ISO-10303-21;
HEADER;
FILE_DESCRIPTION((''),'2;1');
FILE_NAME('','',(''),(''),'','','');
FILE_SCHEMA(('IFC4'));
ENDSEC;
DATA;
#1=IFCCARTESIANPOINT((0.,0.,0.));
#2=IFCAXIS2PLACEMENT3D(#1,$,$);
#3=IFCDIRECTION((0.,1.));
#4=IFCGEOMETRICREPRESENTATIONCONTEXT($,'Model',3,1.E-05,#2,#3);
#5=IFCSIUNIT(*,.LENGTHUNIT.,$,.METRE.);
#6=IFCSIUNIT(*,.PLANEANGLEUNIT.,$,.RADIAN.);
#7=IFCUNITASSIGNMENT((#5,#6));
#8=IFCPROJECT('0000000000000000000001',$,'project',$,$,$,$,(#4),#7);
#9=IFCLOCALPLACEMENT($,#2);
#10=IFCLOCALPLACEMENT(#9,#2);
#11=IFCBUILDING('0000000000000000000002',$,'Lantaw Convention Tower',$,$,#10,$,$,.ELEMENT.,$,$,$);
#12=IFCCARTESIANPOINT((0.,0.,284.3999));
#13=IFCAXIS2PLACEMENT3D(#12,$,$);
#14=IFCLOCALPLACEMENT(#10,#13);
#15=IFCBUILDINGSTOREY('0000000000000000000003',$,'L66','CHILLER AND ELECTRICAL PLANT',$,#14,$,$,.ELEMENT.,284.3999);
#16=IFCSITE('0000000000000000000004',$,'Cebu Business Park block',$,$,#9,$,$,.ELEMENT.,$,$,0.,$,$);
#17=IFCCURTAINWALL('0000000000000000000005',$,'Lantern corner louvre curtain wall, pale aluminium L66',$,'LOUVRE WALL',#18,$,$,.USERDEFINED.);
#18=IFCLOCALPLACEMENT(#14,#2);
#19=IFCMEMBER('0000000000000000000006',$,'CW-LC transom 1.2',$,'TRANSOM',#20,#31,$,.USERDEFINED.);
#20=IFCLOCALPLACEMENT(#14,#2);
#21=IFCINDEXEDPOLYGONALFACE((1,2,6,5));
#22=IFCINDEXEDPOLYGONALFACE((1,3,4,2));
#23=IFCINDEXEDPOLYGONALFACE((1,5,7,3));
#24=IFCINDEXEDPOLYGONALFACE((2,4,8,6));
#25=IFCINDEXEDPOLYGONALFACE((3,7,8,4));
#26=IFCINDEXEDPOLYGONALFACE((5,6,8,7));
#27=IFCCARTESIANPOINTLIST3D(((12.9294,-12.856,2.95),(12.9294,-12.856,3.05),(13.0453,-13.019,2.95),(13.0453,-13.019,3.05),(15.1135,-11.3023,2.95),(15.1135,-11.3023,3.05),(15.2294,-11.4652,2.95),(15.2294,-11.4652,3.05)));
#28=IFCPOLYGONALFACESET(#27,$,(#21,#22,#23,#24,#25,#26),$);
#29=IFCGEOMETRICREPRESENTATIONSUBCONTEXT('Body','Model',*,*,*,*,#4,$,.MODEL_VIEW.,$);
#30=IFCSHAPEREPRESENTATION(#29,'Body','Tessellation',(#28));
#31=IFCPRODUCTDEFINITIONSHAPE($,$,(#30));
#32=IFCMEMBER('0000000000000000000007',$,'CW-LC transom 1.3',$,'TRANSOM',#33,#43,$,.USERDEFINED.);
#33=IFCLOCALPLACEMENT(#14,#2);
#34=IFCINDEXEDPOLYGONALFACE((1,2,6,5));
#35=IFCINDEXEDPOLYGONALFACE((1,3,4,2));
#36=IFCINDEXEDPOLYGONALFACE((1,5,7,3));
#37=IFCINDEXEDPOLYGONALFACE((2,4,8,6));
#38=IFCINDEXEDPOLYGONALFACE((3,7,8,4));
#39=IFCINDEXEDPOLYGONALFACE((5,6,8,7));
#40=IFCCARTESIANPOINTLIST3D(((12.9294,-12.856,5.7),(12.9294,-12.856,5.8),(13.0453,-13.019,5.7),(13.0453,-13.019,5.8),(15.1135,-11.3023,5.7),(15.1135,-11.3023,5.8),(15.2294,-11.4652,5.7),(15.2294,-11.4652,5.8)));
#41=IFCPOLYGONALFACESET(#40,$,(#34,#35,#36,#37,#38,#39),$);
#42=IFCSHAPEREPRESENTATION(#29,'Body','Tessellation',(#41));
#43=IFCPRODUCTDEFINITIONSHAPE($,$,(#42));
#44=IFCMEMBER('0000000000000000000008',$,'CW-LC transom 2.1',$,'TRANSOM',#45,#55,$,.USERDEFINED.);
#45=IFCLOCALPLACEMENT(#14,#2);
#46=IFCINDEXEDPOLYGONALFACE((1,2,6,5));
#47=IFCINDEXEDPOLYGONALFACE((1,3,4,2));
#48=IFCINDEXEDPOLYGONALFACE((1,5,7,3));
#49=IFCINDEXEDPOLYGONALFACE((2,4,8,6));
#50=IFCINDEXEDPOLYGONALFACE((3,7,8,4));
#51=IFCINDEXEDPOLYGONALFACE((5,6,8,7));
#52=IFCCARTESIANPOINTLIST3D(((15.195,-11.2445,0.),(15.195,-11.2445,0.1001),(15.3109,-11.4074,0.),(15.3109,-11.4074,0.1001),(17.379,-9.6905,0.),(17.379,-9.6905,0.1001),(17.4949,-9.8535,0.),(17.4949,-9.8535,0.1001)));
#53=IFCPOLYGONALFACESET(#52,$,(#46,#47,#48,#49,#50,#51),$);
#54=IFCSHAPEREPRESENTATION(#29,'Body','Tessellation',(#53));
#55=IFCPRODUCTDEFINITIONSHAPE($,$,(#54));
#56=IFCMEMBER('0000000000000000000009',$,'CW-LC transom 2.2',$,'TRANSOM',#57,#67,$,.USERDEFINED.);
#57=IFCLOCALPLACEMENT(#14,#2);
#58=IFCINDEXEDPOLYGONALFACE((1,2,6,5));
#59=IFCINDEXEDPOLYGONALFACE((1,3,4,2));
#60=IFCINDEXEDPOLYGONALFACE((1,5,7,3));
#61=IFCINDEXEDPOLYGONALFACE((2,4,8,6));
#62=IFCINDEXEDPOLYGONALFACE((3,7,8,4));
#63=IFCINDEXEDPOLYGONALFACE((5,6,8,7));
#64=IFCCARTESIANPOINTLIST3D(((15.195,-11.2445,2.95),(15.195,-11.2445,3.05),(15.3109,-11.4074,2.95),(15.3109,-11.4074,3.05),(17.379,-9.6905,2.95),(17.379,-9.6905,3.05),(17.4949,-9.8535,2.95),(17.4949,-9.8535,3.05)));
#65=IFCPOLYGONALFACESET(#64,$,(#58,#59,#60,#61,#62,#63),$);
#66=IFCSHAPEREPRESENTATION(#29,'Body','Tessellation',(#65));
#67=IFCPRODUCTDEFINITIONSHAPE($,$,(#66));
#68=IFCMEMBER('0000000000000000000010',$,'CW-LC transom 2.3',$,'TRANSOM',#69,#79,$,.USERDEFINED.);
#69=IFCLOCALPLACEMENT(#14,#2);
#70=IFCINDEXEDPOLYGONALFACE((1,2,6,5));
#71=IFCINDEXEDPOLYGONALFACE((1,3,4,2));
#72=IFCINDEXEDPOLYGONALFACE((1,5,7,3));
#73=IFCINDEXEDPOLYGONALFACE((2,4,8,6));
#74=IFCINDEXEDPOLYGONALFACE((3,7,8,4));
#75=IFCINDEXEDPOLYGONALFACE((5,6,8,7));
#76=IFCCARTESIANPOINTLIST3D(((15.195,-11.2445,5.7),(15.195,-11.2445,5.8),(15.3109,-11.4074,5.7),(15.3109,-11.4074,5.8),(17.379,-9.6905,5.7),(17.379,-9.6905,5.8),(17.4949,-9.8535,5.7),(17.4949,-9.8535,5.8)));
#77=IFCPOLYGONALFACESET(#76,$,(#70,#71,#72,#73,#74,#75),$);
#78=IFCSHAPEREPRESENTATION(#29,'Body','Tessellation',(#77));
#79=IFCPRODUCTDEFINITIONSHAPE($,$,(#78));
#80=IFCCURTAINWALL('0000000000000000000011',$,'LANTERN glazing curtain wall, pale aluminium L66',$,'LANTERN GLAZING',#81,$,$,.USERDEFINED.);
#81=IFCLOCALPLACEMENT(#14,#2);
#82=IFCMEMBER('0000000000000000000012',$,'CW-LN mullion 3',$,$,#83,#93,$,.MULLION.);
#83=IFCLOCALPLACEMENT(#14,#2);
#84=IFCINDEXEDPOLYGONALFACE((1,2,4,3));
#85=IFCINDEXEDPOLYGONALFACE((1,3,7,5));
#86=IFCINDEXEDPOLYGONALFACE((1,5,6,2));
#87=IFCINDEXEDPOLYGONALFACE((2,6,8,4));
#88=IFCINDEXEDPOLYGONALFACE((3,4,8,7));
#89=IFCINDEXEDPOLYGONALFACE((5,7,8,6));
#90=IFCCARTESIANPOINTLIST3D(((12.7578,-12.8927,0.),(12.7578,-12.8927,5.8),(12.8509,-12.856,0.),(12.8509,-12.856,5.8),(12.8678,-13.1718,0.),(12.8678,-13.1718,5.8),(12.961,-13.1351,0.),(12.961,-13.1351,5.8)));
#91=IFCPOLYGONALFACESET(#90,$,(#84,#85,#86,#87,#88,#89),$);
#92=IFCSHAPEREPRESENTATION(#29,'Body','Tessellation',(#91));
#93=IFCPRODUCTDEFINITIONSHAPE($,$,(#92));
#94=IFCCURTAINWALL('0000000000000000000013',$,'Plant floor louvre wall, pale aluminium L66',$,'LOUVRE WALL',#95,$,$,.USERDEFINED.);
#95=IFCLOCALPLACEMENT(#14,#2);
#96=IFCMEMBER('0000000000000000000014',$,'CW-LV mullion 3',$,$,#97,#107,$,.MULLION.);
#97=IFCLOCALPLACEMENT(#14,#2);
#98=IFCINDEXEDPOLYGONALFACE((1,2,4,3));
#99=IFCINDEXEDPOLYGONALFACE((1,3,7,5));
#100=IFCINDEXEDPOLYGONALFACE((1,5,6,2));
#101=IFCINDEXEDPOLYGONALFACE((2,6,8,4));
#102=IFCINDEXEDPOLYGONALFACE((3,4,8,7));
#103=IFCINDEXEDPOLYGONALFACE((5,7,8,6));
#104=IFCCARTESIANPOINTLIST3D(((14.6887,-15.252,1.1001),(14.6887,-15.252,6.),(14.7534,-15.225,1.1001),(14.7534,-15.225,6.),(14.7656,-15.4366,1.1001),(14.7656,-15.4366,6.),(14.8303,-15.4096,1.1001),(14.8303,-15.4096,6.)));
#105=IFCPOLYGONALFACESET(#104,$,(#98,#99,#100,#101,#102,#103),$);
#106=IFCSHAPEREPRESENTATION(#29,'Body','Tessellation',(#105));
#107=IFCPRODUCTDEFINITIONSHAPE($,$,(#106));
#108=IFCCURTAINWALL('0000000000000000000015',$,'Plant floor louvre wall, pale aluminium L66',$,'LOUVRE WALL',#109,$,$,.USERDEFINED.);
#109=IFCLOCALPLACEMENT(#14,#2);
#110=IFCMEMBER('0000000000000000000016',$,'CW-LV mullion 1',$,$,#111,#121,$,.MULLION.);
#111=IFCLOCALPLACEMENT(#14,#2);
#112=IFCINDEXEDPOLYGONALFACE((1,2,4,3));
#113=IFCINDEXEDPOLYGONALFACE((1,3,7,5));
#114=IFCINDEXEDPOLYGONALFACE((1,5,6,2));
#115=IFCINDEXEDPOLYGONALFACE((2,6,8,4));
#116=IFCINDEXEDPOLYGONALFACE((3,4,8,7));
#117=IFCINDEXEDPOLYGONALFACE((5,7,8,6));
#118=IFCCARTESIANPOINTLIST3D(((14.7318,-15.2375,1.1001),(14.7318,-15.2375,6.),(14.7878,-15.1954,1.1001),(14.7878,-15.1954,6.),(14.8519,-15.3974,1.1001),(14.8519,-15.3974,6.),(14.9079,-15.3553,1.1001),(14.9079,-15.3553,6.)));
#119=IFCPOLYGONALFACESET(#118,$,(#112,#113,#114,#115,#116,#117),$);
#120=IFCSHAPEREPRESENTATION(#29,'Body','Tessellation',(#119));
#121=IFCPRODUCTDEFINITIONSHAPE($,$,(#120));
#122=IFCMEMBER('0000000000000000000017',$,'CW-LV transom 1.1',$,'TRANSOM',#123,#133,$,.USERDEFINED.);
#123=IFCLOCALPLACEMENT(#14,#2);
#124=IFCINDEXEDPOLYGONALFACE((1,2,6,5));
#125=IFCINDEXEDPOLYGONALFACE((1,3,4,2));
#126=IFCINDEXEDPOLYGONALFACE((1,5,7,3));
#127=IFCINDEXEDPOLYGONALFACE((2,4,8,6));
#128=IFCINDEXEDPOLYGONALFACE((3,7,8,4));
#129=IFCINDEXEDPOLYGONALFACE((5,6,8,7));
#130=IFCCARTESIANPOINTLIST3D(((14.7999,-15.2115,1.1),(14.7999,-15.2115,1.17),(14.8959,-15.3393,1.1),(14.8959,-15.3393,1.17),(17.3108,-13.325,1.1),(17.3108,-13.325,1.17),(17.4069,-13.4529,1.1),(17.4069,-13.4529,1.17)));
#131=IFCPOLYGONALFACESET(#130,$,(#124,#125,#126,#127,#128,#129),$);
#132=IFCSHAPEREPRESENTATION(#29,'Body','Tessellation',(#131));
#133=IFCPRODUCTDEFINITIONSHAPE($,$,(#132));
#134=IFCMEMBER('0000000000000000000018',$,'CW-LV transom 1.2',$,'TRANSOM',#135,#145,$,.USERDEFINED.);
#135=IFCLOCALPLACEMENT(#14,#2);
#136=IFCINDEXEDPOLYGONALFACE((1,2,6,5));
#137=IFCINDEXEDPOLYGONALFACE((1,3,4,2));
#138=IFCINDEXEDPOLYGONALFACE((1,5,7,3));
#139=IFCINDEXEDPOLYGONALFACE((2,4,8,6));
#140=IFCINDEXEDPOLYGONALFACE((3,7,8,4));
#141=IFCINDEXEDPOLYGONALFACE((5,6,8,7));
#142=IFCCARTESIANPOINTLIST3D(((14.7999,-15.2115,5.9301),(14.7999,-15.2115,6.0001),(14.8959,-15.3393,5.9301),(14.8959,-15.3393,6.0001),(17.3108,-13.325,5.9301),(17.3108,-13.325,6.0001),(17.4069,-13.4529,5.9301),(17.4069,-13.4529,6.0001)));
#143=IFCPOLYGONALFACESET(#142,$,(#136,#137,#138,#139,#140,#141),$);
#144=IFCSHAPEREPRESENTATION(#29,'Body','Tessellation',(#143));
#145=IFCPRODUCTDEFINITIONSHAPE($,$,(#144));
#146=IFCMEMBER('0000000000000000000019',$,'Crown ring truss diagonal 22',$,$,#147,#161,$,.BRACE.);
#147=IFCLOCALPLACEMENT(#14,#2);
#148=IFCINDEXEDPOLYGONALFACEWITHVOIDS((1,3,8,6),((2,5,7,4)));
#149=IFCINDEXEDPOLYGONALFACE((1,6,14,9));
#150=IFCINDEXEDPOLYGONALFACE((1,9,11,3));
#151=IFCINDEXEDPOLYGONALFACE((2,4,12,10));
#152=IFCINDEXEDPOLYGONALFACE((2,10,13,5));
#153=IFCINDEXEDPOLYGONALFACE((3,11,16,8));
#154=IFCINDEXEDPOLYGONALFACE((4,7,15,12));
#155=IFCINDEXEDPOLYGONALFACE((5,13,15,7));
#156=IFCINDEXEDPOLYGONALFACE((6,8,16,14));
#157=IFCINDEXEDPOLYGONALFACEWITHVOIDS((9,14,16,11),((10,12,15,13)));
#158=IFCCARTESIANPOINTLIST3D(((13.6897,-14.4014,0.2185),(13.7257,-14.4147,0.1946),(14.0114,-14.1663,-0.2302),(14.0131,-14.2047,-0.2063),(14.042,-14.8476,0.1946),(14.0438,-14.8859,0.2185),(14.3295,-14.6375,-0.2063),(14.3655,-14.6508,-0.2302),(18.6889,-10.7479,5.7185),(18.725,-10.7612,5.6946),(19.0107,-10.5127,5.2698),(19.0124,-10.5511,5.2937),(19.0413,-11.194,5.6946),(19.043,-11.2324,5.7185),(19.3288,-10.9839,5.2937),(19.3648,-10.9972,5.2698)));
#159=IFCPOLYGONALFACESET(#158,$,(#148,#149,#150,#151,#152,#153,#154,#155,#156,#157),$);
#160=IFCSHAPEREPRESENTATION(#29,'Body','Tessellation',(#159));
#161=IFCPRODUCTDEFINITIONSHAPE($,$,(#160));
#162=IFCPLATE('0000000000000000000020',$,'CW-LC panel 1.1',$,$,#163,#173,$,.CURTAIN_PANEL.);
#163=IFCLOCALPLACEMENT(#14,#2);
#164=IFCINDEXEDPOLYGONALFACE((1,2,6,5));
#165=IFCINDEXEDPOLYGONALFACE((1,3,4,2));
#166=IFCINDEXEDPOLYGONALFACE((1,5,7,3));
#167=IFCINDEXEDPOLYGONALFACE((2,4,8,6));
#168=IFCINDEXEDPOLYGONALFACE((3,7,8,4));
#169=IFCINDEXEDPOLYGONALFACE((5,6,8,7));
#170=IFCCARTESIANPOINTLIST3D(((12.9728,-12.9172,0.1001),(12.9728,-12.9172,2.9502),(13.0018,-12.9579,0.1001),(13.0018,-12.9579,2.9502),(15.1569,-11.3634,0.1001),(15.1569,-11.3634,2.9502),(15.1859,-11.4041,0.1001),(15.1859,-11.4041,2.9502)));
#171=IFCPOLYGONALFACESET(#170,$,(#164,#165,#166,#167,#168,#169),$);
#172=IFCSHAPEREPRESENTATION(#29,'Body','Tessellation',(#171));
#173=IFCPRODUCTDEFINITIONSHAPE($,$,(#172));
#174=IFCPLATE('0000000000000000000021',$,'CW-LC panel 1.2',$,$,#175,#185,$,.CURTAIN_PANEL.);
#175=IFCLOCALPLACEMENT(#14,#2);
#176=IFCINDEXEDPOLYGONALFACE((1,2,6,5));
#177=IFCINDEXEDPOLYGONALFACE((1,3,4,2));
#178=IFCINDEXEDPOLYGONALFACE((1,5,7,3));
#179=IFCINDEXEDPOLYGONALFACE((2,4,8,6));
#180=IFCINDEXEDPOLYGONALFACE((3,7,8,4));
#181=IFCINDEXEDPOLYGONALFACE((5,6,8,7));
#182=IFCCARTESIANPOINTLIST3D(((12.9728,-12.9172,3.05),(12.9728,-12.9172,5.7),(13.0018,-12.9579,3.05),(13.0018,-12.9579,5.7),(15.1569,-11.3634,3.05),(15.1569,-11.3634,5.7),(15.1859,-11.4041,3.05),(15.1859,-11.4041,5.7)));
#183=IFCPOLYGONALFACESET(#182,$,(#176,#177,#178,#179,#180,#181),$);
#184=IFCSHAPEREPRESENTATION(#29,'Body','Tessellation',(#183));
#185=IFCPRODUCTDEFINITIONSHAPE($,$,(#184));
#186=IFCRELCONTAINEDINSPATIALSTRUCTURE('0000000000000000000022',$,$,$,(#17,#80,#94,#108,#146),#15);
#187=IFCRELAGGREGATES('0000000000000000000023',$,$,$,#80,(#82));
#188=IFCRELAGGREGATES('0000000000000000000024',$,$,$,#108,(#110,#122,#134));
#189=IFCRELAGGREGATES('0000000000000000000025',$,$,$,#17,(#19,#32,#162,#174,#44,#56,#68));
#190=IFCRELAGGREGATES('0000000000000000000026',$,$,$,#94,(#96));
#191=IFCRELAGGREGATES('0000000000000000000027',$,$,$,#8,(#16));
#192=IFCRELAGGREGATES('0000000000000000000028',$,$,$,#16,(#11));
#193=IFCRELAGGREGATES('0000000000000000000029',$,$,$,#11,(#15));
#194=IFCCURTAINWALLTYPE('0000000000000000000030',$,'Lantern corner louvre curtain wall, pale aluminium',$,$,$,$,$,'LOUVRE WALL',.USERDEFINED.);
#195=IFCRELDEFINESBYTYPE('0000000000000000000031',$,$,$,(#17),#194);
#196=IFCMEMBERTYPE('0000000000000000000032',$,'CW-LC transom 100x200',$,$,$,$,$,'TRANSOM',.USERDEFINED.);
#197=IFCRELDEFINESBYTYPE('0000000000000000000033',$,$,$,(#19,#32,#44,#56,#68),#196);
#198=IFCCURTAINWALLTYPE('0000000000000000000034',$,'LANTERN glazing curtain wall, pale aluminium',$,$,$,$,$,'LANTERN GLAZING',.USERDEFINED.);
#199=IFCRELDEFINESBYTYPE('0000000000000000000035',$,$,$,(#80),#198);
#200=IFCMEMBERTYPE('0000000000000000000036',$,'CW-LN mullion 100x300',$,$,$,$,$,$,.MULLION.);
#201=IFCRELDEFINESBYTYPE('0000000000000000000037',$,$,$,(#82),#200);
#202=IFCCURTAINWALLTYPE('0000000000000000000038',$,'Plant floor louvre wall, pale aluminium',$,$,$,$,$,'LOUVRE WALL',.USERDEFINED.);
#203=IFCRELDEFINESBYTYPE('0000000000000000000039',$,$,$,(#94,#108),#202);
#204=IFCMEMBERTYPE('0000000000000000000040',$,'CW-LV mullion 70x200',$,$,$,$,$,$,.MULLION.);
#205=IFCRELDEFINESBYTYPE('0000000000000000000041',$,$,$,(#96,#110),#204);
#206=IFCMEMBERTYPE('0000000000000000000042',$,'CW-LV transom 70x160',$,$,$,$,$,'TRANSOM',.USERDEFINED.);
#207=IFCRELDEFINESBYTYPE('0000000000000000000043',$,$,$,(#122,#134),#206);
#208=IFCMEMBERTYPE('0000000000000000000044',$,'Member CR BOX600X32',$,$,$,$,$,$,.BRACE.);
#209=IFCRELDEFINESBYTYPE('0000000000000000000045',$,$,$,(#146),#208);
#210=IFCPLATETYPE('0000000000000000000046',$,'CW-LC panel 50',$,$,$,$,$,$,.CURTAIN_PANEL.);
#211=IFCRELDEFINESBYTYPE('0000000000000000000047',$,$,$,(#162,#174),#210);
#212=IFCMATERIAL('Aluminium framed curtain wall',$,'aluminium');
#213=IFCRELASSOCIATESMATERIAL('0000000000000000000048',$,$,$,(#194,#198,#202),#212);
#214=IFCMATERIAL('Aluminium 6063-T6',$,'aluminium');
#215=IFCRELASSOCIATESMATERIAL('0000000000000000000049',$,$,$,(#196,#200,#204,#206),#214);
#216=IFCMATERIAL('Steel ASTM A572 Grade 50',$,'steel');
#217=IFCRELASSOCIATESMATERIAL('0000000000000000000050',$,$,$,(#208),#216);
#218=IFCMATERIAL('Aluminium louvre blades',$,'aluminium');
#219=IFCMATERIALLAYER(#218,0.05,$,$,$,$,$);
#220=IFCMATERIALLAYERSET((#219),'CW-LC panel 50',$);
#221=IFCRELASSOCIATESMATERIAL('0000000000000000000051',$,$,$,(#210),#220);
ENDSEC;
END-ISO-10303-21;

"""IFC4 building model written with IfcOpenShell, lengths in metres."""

from ifc_helpers import new_model, si_unit, direction, frame, origin, origin_2d, place, context, subcontext, project, spatial, rectangle, hollow_rectangle, extrude, material, layer, layer_set, material_profile, profile_set, type_object, element, aggregate, save


model = new_model("IFC4")

# Units and contexts
model_context = context("Model", 3, precision=1e-05, world=origin(), true_north=direction((0.0, 1.0)))
body_context = subcontext(model_context, "Body", "Model", "MODEL_VIEW")
ifc_project = project(units=[si_unit("LENGTHUNIT", "METRE"), si_unit("PLANEANGLEUNIT", "RADIAN")], contexts=[model_context])

# Site, building, storey
site_placement = place(None, origin())
site = spatial("IfcSite", under=ifc_project, at=site_placement, Name="Cebu Business Park block", CompositionType="ELEMENT", RefElevation=0.0)
building_placement = place(site_placement, origin())
building = spatial("IfcBuilding", under=site, at=building_placement, Name="Lantaw Convention Tower", CompositionType="ELEMENT")
storey_placement = place(building_placement, frame((0.0, 0.0, 284.3999)))
storey = spatial("IfcBuildingStorey", under=building, at=storey_placement, Name="L66", Description="CHILLER AND ELECTRICAL PLANT", CompositionType="ELEMENT", Elevation=284.3999)

# Shared definitions
ifc_material_1 = material(Name="Steel ASTM A572 Grade 50", Category="steel")

# Curtain wall, members
ifc_material_2 = material(Name="Aluminium framed curtain wall", Category="aluminium")
curtain_wall_type_1 = type_object("IfcCurtainWallType", Name="Lantern corner louvre curtain wall, pale aluminium", ElementType="LOUVRE WALL", PredefinedType="USERDEFINED", material=ifc_material_2)
curtain_wall_1_placement = place(storey_placement, origin())
curtain_wall_1 = element("IfcCurtainWall", 1, at=curtain_wall_1_placement, inside=storey, type_object=curtain_wall_type_1, Name="Lantern corner louvre curtain wall, pale aluminium L66", ObjectType="LOUVRE WALL", PredefinedType="USERDEFINED")
ifc_material_3 = material(Name="Aluminium 6063-T6", Category="aluminium")
ifc_material_profile_1 = material_profile(ifc_material_3, rectangle(XDim=0.2, YDim=0.1001, at=origin_2d()), Name="CW-LC transom 100x200")
ifc_profile_set_1 = profile_set([ifc_material_profile_1], Name="Aluminium 6063-T6")
member_type_1 = type_object("IfcMemberType", Name="CW-LC transom 100x200", ElementType="TRANSOM", PredefinedType="USERDEFINED", material=ifc_profile_set_1)
member_1_placement = place(storey_placement, frame((12.9873, -12.9375, 3.0), z_axis=(0.814852, 0.579669, 0.0), x_axis=(-0.579669, 0.814852, 0.0)))
member_1 = element("IfcMember", 2, at=member_1_placement, type_object=member_type_1, Name="CW-LC transom 1.2", ObjectType="TRANSOM", PredefinedType="USERDEFINED", context=body_context, shape_type="SweptSolid", body=[
    extrude(rectangle(XDim=0.2, YDim=0.1001, at=origin_2d()), origin(), (0.0, 0.0, 1.0), 2.6804),
])
member_2_placement = place(storey_placement, frame((12.9873, -12.9375, 5.75), z_axis=(0.814852, 0.579669, 0.0), x_axis=(-0.579669, 0.814852, 0.0)))
member_2 = element("IfcMember", 3, at=member_2_placement, type_object=member_type_1, Name="CW-LC transom 1.3", ObjectType="TRANSOM", PredefinedType="USERDEFINED", context=body_context, shape_type="SweptSolid", body=[
    extrude(rectangle(XDim=0.2, YDim=0.1001, at=origin_2d()), origin(), (0.0, 0.0, 1.0), 2.6804),
])
member_3_placement = place(storey_placement, frame((15.2529, -11.3259, 0.05), z_axis=(0.814809, 0.579729, 0.0), x_axis=(-0.579729, 0.814809, 0.0)))
member_3 = element("IfcMember", 4, at=member_3_placement, type_object=member_type_1, Name="CW-LC transom 2.1", ObjectType="TRANSOM", PredefinedType="USERDEFINED", context=body_context, shape_type="SweptSolid", body=[
    extrude(rectangle(XDim=0.2, YDim=0.1001, at=origin_2d()), origin(), (0.0, 0.0, 1.0), 2.6804),
])
member_4_placement = place(storey_placement, frame((15.2529, -11.3259, 3.0), z_axis=(0.814809, 0.579729, 0.0), x_axis=(-0.579729, 0.814809, 0.0)))
member_4 = element("IfcMember", 5, at=member_4_placement, type_object=member_type_1, Name="CW-LC transom 2.2", ObjectType="TRANSOM", PredefinedType="USERDEFINED", context=body_context, shape_type="SweptSolid", body=[
    extrude(rectangle(XDim=0.2, YDim=0.1001, at=origin_2d()), origin(), (0.0, 0.0, 1.0), 2.6804),
])
member_5_placement = place(storey_placement, frame((15.2529, -11.3259, 5.75), z_axis=(0.814809, 0.579729, 0.0), x_axis=(-0.579729, 0.814809, 0.0)))
member_5 = element("IfcMember", 6, at=member_5_placement, type_object=member_type_1, Name="CW-LC transom 2.3", ObjectType="TRANSOM", PredefinedType="USERDEFINED", context=body_context, shape_type="SweptSolid", body=[
    extrude(rectangle(XDim=0.2, YDim=0.1001, at=origin_2d()), origin(), (0.0, 0.0, 1.0), 2.6804),
])

# Curtain walls, members
curtain_wall_type_2 = type_object("IfcCurtainWallType", Name="LANTERN glazing curtain wall, pale aluminium", ElementType="LANTERN GLAZING", PredefinedType="USERDEFINED", material=ifc_material_2)
curtain_wall_2_placement = place(storey_placement, origin())
curtain_wall_2 = element("IfcCurtainWall", 7, at=curtain_wall_2_placement, inside=storey, type_object=curtain_wall_type_2, Name="LANTERN glazing curtain wall, pale aluminium L66", ObjectType="LANTERN GLAZING", PredefinedType="USERDEFINED")
ifc_material_profile_2 = material_profile(ifc_material_3, rectangle(XDim=0.3, YDim=0.1001, at=origin_2d()), Name="CW-LN mullion 100x300")
ifc_profile_set_2 = profile_set([ifc_material_profile_2], Name="Aluminium 6063-T6")
member_type_2 = type_object("IfcMemberType", Name="CW-LN mullion 100x300", PredefinedType="MULLION", material=ifc_profile_set_2)
member_6_placement = place(storey_placement, frame((12.8594, -13.0139, 0.0), z_axis=(0.0, 0.0, 1.0), x_axis=(-0.366802, 0.930299, 0.0)))
member_6 = element("IfcMember", 8, at=member_6_placement, type_object=member_type_2, Name="CW-LN mullion 3", PredefinedType="MULLION", context=body_context, shape_type="SweptSolid", body=[
    extrude(rectangle(XDim=0.3, YDim=0.1001, at=origin_2d()), origin(), (0.0, 0.0, 1.0), 5.8),
])
aggregate(curtain_wall_2, [member_6])
curtain_wall_type_3 = type_object("IfcCurtainWallType", Name="Plant floor louvre wall, pale aluminium", ElementType="LOUVRE WALL", PredefinedType="USERDEFINED", material=ifc_material_2)
curtain_wall_3_placement = place(storey_placement, origin())
curtain_wall_3 = element("IfcCurtainWall", 9, at=curtain_wall_3_placement, inside=storey, type_object=curtain_wall_type_3, Name="Plant floor louvre wall, pale aluminium L66", ObjectType="LOUVRE WALL", PredefinedType="USERDEFINED")
ifc_material_profile_3 = material_profile(ifc_material_3, rectangle(XDim=0.2, YDim=0.0701, at=origin_2d()), Name="CW-LV mullion 70x200")
ifc_profile_set_3 = profile_set([ifc_material_profile_3], Name="Aluminium 6063-T6")
member_type_3 = type_object("IfcMemberType", Name="CW-LV mullion 70x200", PredefinedType="MULLION", material=ifc_profile_set_3)
member_7_placement = place(storey_placement, frame((14.7595, -15.3308, 1.1001), z_axis=(0.0, 0.0, 1.0), x_axis=(-0.38446, 0.923142, 0.0)))
member_7 = element("IfcMember", 10, at=member_7_placement, type_object=member_type_3, Name="CW-LV mullion 3", PredefinedType="MULLION", context=body_context, shape_type="SweptSolid", body=[
    extrude(rectangle(XDim=0.2, YDim=0.0701, at=origin_2d()), origin(), (0.0, 0.0, 1.0), 4.8999),
])

# Curtain wall, members
curtain_wall_4_placement = place(storey_placement, origin())
curtain_wall_4 = element("IfcCurtainWall", 11, at=curtain_wall_4_placement, inside=storey, type_object=curtain_wall_type_3, Name="Plant floor louvre wall, pale aluminium L66", ObjectType="LOUVRE WALL", PredefinedType="USERDEFINED")
member_8_placement = place(storey_placement, frame((14.8198, -15.2964, 1.1001), z_axis=(0.0, 0.0, 1.0), x_axis=(-0.600643, 0.799518, 0.0)))
member_8 = element("IfcMember", 12, at=member_8_placement, type_object=member_type_3, Name="CW-LV mullion 1", PredefinedType="MULLION", context=body_context, shape_type="SweptSolid", body=[
    extrude(rectangle(XDim=0.2, YDim=0.0701, at=origin_2d()), origin(), (0.0, 0.0, 1.0), 4.8999),
])
ifc_material_profile_4 = material_profile(ifc_material_3, rectangle(XDim=0.1599, YDim=0.0701, at=origin_2d()), Name="CW-LV transom 70x160")
ifc_profile_set_4 = profile_set([ifc_material_profile_4], Name="Aluminium 6063-T6")
member_type_4 = type_object("IfcMemberType", Name="CW-LV transom 70x160", ElementType="TRANSOM", PredefinedType="USERDEFINED", material=ifc_profile_set_4)
member_9_placement = place(storey_placement, frame((14.8479, -15.2754, 1.135), z_axis=(0.799505, 0.600659, 0.0), x_axis=(-0.600659, 0.799505, 0.0)))
member_9 = element("IfcMember", 13, at=member_9_placement, type_object=member_type_4, Name="CW-LV transom 1.1", ObjectType="TRANSOM", PredefinedType="USERDEFINED", context=body_context, shape_type="SweptSolid", body=[
    extrude(rectangle(XDim=0.1599, YDim=0.0701, at=origin_2d()), origin(), (0.0, 0.0, 1.0), 3.1406),
])
member_10_placement = place(storey_placement, frame((14.8479, -15.2754, 5.9651), z_axis=(0.799505, 0.600659, 0.0), x_axis=(-0.600659, 0.799505, 0.0)))
member_10 = element("IfcMember", 14, at=member_10_placement, type_object=member_type_4, Name="CW-LV transom 1.2", ObjectType="TRANSOM", PredefinedType="USERDEFINED", context=body_context, shape_type="SweptSolid", body=[
    extrude(rectangle(XDim=0.1599, YDim=0.0701, at=origin_2d()), origin(), (0.0, 0.0, 1.0), 3.1406),
])
aggregate(curtain_wall_4, [member_8, member_9, member_10])

# Member
ifc_material_profile_5 = material_profile(ifc_material_1, hollow_rectangle(XDim=0.6001, YDim=0.6001, WallThickness=0.032, at=origin_2d()), Name="BOX600X32")
ifc_profile_set_5 = profile_set([ifc_material_profile_5], Name="Steel ASTM A572 Grade 50")
member_type_5 = type_object("IfcMemberType", Name="Member CR BOX600X32", PredefinedType="BRACE", material=ifc_profile_set_5)
member_11_placement = place(storey_placement, frame((14.0276, -14.5261, -0.0059), z_axis=(0.603632, 0.441146, 0.664092), x_axis=(-0.590043, 0.807372, 0.0)))
element("IfcMember", 15, at=member_11_placement, inside=storey, type_object=member_type_5, Name="Crown ring truss diagonal 22", PredefinedType="BRACE", context=body_context, shape_type="SweptSolid", body=[
    extrude(hollow_rectangle(XDim=0.6001, YDim=0.6001, WallThickness=0.032, at=origin_2d()), origin(), (0.0, 0.0, 1.0), 8.282),
])

# Plates
ifc_material_4 = material(Name="Aluminium louvre blades", Category="aluminium")
ifc_layer_1 = layer(ifc_material_4, 0.05)
ifc_layer_set_1 = layer_set([ifc_layer_1], Name="CW-LC panel 50")
plate_type_1 = type_object("IfcPlateType", Name="CW-LC panel 50", PredefinedType="CURTAIN_PANEL", material=ifc_layer_set_1)
plate_1_placement = place(storey_placement, frame((14.0793, -12.1606, 0.1001), z_axis=(0.0, 0.0, 1.0), x_axis=(0.814841, 0.579684, 0.0)))
plate_1 = element("IfcPlate", 16, at=plate_1_placement, type_object=plate_type_1, Name="CW-LC panel 1.1", PredefinedType="CURTAIN_PANEL", context=body_context, shape_type="SweptSolid", body=[
    extrude(rectangle(XDim=2.6804, YDim=0.05, at=origin_2d()), origin(), (0.0, 0.0, 1.0), 2.8501),
])
plate_2_placement = place(storey_placement, frame((14.0793, -12.1606, 3.05), z_axis=(0.0, 0.0, 1.0), x_axis=(0.814841, 0.579684, 0.0)))
plate_2 = element("IfcPlate", 17, at=plate_2_placement, type_object=plate_type_1, Name="CW-LC panel 1.2", PredefinedType="CURTAIN_PANEL", context=body_context, shape_type="SweptSolid", body=[
    extrude(rectangle(XDim=2.6804, YDim=0.05, at=origin_2d()), origin(), (0.0, 0.0, 1.0), 2.6499),
])
aggregate(curtain_wall_1, [member_1, member_2, plate_1, plate_2, member_3, member_4, member_5])
aggregate(curtain_wall_3, [member_7])

save(model, "model.ifc")
